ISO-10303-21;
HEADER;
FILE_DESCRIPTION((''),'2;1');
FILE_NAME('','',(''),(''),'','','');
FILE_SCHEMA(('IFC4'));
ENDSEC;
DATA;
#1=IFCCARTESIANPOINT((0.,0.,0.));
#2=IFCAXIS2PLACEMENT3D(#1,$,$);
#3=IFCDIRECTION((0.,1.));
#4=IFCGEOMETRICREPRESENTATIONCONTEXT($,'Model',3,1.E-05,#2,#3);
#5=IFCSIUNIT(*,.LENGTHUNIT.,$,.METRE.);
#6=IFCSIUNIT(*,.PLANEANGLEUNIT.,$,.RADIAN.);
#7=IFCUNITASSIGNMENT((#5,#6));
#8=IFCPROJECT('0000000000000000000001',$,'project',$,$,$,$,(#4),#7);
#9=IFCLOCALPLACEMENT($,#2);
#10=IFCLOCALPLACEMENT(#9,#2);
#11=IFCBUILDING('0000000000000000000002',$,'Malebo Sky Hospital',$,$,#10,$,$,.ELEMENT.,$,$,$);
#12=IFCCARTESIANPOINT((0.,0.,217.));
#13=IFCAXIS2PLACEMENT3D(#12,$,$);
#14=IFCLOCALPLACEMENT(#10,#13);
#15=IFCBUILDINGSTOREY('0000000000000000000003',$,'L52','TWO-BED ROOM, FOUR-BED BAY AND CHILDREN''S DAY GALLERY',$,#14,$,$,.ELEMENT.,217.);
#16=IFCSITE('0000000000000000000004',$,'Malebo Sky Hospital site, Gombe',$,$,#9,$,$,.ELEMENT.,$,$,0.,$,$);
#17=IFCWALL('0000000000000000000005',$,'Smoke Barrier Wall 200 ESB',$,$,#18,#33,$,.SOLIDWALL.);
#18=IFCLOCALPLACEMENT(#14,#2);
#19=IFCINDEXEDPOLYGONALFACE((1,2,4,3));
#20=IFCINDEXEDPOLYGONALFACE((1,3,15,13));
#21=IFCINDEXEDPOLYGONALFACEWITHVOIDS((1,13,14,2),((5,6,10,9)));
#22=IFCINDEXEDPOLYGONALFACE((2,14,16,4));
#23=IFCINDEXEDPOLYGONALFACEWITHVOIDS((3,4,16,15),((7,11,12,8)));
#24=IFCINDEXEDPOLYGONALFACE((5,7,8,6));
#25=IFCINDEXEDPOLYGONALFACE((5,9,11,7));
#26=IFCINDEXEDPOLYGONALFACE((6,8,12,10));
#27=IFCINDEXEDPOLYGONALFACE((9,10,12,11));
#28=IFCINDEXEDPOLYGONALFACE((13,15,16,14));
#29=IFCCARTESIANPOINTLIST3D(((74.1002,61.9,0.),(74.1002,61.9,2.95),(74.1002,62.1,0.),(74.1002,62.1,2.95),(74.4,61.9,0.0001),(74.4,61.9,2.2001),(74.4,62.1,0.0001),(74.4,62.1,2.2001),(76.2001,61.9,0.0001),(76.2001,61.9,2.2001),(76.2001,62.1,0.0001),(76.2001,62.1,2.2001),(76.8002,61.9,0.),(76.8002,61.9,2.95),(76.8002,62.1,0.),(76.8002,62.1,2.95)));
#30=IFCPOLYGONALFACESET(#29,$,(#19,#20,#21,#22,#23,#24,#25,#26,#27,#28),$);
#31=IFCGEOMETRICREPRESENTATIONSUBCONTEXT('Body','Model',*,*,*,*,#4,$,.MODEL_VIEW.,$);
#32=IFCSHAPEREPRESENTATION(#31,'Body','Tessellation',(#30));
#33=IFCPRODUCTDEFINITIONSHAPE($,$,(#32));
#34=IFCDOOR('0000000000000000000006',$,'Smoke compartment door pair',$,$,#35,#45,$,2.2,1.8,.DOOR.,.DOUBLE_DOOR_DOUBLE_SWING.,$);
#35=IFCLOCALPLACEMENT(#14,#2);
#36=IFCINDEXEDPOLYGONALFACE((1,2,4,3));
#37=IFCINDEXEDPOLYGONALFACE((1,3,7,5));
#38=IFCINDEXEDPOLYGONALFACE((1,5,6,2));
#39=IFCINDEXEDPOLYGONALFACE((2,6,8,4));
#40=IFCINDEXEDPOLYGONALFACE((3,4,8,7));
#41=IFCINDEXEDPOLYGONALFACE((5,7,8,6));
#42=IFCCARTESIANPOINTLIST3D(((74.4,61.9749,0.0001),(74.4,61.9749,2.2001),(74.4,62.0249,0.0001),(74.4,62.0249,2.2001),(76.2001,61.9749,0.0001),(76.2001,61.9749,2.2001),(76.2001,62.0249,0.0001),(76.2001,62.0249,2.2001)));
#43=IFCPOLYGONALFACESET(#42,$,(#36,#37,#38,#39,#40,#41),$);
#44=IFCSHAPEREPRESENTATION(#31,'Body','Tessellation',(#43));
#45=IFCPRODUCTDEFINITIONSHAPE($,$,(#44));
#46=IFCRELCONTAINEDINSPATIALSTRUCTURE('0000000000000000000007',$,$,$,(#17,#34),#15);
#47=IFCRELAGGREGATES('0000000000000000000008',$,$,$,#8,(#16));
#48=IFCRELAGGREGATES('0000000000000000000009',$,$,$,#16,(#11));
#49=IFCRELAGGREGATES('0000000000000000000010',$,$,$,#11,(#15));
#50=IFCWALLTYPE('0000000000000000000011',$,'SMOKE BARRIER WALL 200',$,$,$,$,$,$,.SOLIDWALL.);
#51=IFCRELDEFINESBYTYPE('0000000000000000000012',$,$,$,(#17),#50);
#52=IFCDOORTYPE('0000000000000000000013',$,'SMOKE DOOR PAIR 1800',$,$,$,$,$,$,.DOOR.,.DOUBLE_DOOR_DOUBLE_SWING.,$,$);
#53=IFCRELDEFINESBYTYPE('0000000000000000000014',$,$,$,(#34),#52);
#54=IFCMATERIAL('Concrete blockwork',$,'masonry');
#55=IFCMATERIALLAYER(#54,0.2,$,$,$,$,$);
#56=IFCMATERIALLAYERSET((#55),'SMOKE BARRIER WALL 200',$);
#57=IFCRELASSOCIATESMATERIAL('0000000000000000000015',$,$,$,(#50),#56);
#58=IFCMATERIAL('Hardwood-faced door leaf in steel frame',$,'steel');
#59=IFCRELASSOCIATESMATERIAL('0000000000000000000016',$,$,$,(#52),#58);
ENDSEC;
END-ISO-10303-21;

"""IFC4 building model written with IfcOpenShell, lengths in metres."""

from ifc_helpers import new_model, si_unit, direction, frame, frame_2d, origin, place, context, subcontext, project, spatial, rectangle, extrude, material, layer, layer_set, type_object, element, fill, save


model = new_model("IFC4")

# Units and contexts
model_context = context("Model", 3, precision=1e-05, world=origin(), true_north=direction((0.0, 1.0)))
body_context = subcontext(model_context, "Body", "Model", "MODEL_VIEW")
ifc_project = project(units=[si_unit("LENGTHUNIT", "METRE"), si_unit("PLANEANGLEUNIT", "RADIAN")], contexts=[model_context])

# Site, building, storey
site_placement = place(None, origin())
site = spatial("IfcSite", under=ifc_project, at=site_placement, Name="Malebo Sky Hospital site, Gombe", CompositionType="ELEMENT", RefElevation=0.0)
building_placement = place(site_placement, origin())
building = spatial("IfcBuilding", under=site, at=building_placement, Name="Malebo Sky Hospital", CompositionType="ELEMENT")
storey_placement = place(building_placement, frame((0.0, 0.0, 217.0)))
storey = spatial("IfcBuildingStorey", under=building, at=storey_placement, Name="L52", Description="TWO-BED ROOM, FOUR-BED BAY AND CHILDREN'S DAY GALLERY", CompositionType="ELEMENT", Elevation=217.0)

# Shared definitions
ifc_material_1 = material(Name="Hardwood-faced door leaf in steel frame", Category="steel")

# Shared definitions
ifc_material_2 = material(Name="Concrete blockwork", Category="masonry")
ifc_layer_1 = layer(ifc_material_2, 0.2)
ifc_layer_set_1 = layer_set([ifc_layer_1], Name="SMOKE BARRIER WALL 200")
wall_type_1 = type_object("IfcWallType", Name="SMOKE BARRIER WALL 200", PredefinedType="SOLIDWALL", material=ifc_layer_set_1)

# Wall, opening, door
wall_1_placement = place(storey_placement, frame((74.1001, 62.0, 0.0), z_axis=(0.0, 0.0, 1.0), x_axis=(1.0, 0.0, 0.0)))
wall_1 = element("IfcWall", 1, at=wall_1_placement, inside=storey, type_object=wall_type_1, Name="Smoke Barrier Wall 200 ESB", PredefinedType="SOLIDWALL", context=body_context, shape_type="SweptSolid", body=[
    extrude(rectangle(XDim=2.7, YDim=0.2, at=frame_2d((1.3501, 0.0))), origin(), (0.0, 0.0, 1.0), 2.95),
])
opening_1_placement = place(wall_1_placement, frame((0.3, 0.0, 0.0)))
opening_1 = element("IfcOpeningElement", 2, at=opening_1_placement, cuts=wall_1, PredefinedType="OPENING", context=body_context, shape_type="SweptSolid", body=[
    extrude(rectangle(XDim=1.8, YDim=2.2, at=frame_2d((0.8999, 1.1001))), frame((0.0, 0.1099, 0.0), z_axis=(0.0, -1.0, 0.0), x_axis=(1.0, 0.0, 0.0)), (0.0, 0.0, 1.0), 0.22),
])
door_type_1 = type_object("IfcDoorType", Name="SMOKE DOOR PAIR 1800", OperationType="DOUBLE_DOOR_DOUBLE_SWING", PredefinedType="DOOR", material=ifc_material_1)
door_1_placement = place(opening_1_placement, origin())
door_1 = element("IfcDoor", 3, at=door_1_placement, inside=storey, type_object=door_type_1, Name="Smoke compartment door pair", OperationType="DOUBLE_DOOR_DOUBLE_SWING", OverallHeight=2.2, OverallWidth=1.8, PredefinedType="DOOR", context=body_context, shape_type="SweptSolid", body=[
    extrude(rectangle(XDim=1.8, YDim=2.2, at=frame_2d((0.8999, 1.1001))), frame((0.0, 0.0249, 0.0), z_axis=(0.0, -1.0, 0.0), x_axis=(1.0, 0.0, 0.0)), (0.0, 0.0, 1.0), 0.05),
])
fill(opening_1, door_1)

save(model, "model.ifc")
